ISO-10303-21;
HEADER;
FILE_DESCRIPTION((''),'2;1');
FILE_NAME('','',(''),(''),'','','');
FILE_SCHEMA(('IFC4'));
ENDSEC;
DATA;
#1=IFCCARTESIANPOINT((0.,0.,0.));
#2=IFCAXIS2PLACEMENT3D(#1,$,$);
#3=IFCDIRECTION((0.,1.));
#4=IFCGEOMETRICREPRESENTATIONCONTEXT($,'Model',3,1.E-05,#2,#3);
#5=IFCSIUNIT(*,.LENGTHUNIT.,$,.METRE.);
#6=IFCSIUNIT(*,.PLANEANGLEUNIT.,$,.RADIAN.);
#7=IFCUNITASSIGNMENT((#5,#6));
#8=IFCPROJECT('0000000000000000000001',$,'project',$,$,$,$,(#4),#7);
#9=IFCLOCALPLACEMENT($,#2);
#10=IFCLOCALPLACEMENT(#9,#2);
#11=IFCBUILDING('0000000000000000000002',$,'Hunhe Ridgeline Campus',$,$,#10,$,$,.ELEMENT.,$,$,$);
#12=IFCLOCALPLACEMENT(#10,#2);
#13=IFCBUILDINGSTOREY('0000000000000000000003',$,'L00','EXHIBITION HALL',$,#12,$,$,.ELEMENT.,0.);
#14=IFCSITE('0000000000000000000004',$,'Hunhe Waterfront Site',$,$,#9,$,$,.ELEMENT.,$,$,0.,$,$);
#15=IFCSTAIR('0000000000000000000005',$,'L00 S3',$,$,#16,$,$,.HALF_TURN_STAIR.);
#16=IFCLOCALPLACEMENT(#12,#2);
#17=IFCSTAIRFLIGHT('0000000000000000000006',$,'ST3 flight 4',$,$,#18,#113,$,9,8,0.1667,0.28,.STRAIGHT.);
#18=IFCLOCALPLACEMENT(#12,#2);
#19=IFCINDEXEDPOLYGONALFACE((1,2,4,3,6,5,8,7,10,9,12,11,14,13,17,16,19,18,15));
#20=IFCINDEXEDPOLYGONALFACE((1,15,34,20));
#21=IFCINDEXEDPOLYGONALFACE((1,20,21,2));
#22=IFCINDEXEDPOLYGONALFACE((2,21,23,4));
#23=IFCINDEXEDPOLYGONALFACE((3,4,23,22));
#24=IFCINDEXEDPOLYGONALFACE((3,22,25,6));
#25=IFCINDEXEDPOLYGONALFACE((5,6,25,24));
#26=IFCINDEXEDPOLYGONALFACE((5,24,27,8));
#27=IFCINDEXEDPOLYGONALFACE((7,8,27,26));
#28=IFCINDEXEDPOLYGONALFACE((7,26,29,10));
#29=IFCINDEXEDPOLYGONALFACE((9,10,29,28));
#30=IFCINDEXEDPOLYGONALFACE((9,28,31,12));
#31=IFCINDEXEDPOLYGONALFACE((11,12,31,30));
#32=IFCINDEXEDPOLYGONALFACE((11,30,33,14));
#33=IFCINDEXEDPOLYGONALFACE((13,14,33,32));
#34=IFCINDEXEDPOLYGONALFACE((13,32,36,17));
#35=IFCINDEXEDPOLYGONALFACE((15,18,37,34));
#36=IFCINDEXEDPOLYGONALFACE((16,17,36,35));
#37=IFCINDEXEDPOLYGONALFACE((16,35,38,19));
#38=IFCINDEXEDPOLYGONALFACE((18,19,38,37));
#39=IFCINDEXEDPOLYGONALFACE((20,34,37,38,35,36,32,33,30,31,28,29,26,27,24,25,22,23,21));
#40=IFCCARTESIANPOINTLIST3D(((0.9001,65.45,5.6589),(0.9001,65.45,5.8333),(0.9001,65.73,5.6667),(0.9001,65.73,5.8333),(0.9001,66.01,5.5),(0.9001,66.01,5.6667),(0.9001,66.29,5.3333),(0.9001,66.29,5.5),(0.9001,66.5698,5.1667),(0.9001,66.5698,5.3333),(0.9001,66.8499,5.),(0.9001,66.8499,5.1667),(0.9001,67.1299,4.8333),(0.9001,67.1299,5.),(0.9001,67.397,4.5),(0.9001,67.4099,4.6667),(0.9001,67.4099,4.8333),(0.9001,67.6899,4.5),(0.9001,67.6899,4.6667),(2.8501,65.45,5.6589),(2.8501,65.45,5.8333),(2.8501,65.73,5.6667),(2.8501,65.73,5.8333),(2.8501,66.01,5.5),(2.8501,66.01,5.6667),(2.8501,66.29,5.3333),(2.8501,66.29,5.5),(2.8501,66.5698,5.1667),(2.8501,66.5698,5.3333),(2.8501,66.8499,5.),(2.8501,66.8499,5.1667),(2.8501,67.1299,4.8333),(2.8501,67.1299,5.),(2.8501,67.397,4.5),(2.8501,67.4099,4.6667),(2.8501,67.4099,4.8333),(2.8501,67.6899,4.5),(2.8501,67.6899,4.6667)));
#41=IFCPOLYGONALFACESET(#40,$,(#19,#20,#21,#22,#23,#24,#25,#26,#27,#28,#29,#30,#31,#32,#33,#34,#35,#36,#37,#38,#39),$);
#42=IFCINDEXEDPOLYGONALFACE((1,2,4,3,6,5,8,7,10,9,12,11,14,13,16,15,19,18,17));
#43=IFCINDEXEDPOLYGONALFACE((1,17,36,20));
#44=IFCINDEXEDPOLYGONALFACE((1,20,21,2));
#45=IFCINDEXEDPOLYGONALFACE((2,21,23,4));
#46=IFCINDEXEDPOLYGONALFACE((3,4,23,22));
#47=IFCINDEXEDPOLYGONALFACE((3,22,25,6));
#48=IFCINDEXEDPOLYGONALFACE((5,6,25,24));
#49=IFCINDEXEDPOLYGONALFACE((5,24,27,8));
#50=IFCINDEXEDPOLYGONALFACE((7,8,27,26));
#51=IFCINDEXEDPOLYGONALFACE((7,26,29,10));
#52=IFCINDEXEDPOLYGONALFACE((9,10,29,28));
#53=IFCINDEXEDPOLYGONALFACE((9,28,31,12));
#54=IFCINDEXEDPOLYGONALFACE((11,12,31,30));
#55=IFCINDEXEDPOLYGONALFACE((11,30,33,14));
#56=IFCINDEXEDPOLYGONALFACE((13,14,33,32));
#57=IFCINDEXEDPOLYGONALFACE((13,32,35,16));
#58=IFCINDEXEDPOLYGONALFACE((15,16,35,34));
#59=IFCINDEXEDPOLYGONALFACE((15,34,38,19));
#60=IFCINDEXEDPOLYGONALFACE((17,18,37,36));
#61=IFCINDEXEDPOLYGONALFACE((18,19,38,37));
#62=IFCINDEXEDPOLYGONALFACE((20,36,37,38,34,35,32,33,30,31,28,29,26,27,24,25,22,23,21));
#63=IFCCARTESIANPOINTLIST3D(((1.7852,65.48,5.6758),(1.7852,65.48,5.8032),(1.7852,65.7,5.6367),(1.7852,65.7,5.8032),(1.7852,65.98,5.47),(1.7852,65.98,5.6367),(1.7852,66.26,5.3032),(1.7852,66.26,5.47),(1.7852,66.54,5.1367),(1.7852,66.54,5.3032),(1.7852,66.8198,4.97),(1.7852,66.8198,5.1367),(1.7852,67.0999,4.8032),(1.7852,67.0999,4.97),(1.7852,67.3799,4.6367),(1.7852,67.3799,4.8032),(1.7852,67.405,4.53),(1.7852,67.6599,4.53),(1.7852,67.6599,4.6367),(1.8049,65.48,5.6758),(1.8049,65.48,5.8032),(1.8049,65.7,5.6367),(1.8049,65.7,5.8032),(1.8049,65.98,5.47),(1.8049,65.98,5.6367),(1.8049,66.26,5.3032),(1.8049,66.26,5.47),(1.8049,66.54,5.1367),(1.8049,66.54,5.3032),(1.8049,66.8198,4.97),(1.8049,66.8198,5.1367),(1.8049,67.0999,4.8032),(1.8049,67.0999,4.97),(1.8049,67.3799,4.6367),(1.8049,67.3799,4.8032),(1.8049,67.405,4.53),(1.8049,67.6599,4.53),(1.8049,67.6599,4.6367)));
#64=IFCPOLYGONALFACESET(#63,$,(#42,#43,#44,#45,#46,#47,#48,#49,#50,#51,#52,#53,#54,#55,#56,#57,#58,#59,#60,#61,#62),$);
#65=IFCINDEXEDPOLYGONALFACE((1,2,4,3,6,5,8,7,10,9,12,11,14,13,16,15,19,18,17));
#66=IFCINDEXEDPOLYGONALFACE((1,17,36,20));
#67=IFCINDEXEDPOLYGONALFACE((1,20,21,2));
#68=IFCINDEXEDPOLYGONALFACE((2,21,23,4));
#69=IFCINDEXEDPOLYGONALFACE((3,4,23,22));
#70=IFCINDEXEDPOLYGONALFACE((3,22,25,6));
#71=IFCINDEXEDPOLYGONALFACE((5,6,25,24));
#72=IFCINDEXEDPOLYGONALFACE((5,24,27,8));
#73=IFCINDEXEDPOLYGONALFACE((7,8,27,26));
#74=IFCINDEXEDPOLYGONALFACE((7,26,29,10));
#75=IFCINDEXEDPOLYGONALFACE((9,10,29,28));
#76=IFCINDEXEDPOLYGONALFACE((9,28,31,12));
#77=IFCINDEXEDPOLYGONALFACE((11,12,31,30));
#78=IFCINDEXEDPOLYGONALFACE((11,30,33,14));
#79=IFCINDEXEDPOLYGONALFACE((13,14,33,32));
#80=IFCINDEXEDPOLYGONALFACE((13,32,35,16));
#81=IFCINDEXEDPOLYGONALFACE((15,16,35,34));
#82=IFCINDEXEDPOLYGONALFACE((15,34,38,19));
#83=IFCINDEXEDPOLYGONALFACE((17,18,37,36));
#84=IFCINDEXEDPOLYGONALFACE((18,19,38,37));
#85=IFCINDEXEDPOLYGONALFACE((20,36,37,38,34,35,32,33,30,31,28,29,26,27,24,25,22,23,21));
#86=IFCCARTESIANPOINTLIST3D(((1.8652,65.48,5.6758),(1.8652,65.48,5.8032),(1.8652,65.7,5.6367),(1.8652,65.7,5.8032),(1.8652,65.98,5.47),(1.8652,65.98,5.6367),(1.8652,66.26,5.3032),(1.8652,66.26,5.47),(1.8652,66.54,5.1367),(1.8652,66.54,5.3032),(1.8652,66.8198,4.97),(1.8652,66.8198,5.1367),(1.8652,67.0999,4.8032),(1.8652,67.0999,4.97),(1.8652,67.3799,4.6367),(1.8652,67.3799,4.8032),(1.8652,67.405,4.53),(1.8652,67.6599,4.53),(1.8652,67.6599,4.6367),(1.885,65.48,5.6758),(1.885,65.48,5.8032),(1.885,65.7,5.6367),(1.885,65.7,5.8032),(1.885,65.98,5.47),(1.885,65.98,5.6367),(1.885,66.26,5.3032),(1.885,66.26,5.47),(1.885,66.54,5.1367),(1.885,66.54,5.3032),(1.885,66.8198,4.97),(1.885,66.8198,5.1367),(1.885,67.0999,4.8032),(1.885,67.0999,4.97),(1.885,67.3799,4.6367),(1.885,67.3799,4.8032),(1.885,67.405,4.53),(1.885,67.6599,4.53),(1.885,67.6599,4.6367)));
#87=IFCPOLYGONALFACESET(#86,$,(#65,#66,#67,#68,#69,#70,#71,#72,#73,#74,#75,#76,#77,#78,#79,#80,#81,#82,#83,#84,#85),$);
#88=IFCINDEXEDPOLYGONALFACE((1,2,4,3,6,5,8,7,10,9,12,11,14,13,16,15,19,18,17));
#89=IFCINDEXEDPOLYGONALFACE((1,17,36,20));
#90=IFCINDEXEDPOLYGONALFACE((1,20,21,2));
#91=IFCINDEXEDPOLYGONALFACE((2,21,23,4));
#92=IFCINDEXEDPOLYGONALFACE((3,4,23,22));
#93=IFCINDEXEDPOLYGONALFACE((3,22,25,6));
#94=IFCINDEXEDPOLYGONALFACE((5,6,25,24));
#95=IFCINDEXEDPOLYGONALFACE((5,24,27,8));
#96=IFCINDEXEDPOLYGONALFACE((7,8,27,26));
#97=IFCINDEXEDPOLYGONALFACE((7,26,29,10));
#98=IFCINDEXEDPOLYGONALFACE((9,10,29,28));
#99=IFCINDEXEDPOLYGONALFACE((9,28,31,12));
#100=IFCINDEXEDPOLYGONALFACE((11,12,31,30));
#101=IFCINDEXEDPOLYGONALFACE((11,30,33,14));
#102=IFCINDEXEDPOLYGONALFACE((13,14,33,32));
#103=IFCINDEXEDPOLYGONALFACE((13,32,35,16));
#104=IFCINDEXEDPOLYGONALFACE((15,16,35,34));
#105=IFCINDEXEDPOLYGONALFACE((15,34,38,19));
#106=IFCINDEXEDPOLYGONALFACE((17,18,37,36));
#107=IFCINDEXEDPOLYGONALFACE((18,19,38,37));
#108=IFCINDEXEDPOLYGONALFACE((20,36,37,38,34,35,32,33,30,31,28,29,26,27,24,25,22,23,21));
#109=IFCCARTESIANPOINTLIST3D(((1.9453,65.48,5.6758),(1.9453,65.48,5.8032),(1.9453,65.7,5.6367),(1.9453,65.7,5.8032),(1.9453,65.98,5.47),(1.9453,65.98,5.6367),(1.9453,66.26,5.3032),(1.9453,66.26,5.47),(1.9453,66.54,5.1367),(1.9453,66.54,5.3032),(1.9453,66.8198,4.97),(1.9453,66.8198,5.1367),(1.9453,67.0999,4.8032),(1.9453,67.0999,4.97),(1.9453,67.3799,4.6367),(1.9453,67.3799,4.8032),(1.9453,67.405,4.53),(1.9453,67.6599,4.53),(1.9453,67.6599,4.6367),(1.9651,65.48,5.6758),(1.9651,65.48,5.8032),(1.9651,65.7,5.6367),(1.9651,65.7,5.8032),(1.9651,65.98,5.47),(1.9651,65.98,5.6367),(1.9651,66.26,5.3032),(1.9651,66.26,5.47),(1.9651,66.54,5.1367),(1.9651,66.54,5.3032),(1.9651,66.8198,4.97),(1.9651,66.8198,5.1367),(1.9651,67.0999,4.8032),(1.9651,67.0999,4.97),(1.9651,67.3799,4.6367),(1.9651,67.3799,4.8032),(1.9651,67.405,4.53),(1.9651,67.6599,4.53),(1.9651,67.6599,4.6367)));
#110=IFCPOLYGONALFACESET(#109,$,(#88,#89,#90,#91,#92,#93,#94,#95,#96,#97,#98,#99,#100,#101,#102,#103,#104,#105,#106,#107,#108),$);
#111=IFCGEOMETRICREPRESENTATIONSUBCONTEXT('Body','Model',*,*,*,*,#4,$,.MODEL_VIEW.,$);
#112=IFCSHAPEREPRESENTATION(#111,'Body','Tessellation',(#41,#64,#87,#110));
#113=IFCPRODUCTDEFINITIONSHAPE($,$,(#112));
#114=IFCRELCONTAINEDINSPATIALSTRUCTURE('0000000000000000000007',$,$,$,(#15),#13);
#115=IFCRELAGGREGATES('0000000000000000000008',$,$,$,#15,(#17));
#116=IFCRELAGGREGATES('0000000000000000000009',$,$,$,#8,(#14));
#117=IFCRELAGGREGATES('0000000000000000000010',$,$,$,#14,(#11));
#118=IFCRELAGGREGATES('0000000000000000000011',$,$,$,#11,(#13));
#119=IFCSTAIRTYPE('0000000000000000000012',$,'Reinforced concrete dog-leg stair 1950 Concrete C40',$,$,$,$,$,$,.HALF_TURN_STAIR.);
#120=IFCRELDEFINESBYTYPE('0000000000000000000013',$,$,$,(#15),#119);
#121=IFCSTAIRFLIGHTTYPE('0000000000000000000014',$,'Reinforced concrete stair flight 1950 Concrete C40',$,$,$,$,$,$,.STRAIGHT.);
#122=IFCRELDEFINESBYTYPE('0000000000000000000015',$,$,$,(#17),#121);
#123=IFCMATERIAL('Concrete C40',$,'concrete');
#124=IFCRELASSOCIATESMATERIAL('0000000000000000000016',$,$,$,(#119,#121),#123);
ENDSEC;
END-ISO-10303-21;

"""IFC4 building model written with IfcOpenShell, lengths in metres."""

from ifc_helpers import new_model, si_unit, direction, frame, origin, place, context, subcontext, project, spatial, polyline, outline, extrude, material, type_object, element, aggregate, save


model = new_model("IFC4")

# Units and contexts
model_context = context("Model", 3, precision=1e-05, world=origin(), true_north=direction((0.0, 1.0)))
body_context = subcontext(model_context, "Body", "Model", "MODEL_VIEW")
ifc_project = project(units=[si_unit("LENGTHUNIT", "METRE"), si_unit("PLANEANGLEUNIT", "RADIAN")], contexts=[model_context])

# Site, building, storey
site_placement = place(None, origin())
site = spatial("IfcSite", under=ifc_project, at=site_placement, Name="Hunhe Waterfront Site", CompositionType="ELEMENT", RefElevation=0.0)
building_placement = place(site_placement, origin())
building = spatial("IfcBuilding", under=site, at=building_placement, Name="Hunhe Ridgeline Campus", CompositionType="ELEMENT")
storey_placement = place(building_placement, origin())
storey = spatial("IfcBuildingStorey", under=building, at=storey_placement, Name="L00", Description="EXHIBITION HALL", CompositionType="ELEMENT", Elevation=0.0)

# Stair, stair flight
ifc_material_1 = material(Name="Concrete C40", Category="concrete")
stair_type = type_object("IfcStairType", Name="Reinforced concrete dog-leg stair 1950 Concrete C40", PredefinedType="HALF_TURN_STAIR", material=ifc_material_1)
stair_1_placement = place(storey_placement, origin())
stair_1 = element("IfcStair", 1, at=stair_1_placement, inside=storey, type_object=stair_type, Name="L00 S3", PredefinedType="HALF_TURN_STAIR")
stair_flight_type = type_object("IfcStairFlightType", Name="Reinforced concrete stair flight 1950 Concrete C40", PredefinedType="STRAIGHT", material=ifc_material_1)
stair_flight_1_placement = place(storey_placement, frame((1.875, 67.6899, 4.5), z_axis=(0.0, 0.0, 1.0), x_axis=(0.0, -1.0, 0.0)))
stair_flight_1 = element("IfcStairFlight", 2, at=stair_flight_1_placement, type_object=stair_flight_type, Name="ST3 flight 4", NumberOfRisers=9, NumberOfTreads=8, PredefinedType="STRAIGHT", RiserHeight=0.1667, TreadLength=0.28, context=body_context, shape_type="SweptSolid", body=[
    extrude(outline(polyline([(0.0, 0.0), (0.0, 0.1667), (0.28, 0.1667), (0.28, 0.3333), (0.5601, 0.3333), (0.5601, 0.5), (0.8401, 0.5), (0.8401, 0.6667), (1.1201, 0.6667), (1.1201, 0.8333), (1.3999, 0.8333), (1.3999, 1.0), (1.6799, 1.0), (1.6799, 1.1667), (1.96, 1.1667), (1.96, 1.3333), (2.24, 1.3333), (2.24, 1.5), (2.24, 1.1589), (0.293, 0.0), (0.0, 0.0)])), frame((0.0, 0.9751, 0.0), z_axis=(0.0, -1.0, 0.0), x_axis=(1.0, 0.0, 0.0)), (0.0, 0.0, 1.0), 1.95),
    extrude(outline(polyline([(0.03, 0.03), (0.03, 0.1367), (0.3101, 0.1367), (0.3101, 0.3032), (0.5901, 0.3032), (0.5901, 0.47), (0.8701, 0.47), (0.8701, 0.6367), (1.1499, 0.6367), (1.1499, 0.8032), (1.4299, 0.8032), (1.4299, 0.97), (1.71, 0.97), (1.71, 1.1367), (1.99, 1.1367), (1.99, 1.3032), (2.21, 1.3032), (2.21, 1.1758), (0.2849, 0.03), (0.03, 0.03)])), frame((0.0, -0.0701, 0.0), z_axis=(0.0, -1.0, 0.0), x_axis=(1.0, 0.0, 0.0)), (0.0, 0.0, 1.0), 0.0198),
    extrude(outline(polyline([(0.03, 0.03), (0.03, 0.1367), (0.3101, 0.1367), (0.3101, 0.3032), (0.5901, 0.3032), (0.5901, 0.47), (0.8701, 0.47), (0.8701, 0.6367), (1.1499, 0.6367), (1.1499, 0.8032), (1.4299, 0.8032), (1.4299, 0.97), (1.71, 0.97), (1.71, 1.1367), (1.99, 1.1367), (1.99, 1.3032), (2.21, 1.3032), (2.21, 1.1758), (0.2849, 0.03), (0.03, 0.03)])), frame((0.0, 0.01, 0.0), z_axis=(0.0, -1.0, 0.0), x_axis=(1.0, 0.0, 0.0)), (0.0, 0.0, 1.0), 0.0198),
    extrude(outline(polyline([(0.03, 0.03), (0.03, 0.1367), (0.3101, 0.1367), (0.3101, 0.3032), (0.5901, 0.3032), (0.5901, 0.47), (0.8701, 0.47), (0.8701, 0.6367), (1.1499, 0.6367), (1.1499, 0.8032), (1.4299, 0.8032), (1.4299, 0.97), (1.71, 0.97), (1.71, 1.1367), (1.99, 1.1367), (1.99, 1.3032), (2.21, 1.3032), (2.21, 1.1758), (0.2849, 0.03), (0.03, 0.03)])), frame((0.0, 0.0901, 0.0), z_axis=(0.0, -1.0, 0.0), x_axis=(1.0, 0.0, 0.0)), (0.0, 0.0, 1.0), 0.0198),
])
aggregate(stair_1, [stair_flight_1])

save(model, "model.ifc")
